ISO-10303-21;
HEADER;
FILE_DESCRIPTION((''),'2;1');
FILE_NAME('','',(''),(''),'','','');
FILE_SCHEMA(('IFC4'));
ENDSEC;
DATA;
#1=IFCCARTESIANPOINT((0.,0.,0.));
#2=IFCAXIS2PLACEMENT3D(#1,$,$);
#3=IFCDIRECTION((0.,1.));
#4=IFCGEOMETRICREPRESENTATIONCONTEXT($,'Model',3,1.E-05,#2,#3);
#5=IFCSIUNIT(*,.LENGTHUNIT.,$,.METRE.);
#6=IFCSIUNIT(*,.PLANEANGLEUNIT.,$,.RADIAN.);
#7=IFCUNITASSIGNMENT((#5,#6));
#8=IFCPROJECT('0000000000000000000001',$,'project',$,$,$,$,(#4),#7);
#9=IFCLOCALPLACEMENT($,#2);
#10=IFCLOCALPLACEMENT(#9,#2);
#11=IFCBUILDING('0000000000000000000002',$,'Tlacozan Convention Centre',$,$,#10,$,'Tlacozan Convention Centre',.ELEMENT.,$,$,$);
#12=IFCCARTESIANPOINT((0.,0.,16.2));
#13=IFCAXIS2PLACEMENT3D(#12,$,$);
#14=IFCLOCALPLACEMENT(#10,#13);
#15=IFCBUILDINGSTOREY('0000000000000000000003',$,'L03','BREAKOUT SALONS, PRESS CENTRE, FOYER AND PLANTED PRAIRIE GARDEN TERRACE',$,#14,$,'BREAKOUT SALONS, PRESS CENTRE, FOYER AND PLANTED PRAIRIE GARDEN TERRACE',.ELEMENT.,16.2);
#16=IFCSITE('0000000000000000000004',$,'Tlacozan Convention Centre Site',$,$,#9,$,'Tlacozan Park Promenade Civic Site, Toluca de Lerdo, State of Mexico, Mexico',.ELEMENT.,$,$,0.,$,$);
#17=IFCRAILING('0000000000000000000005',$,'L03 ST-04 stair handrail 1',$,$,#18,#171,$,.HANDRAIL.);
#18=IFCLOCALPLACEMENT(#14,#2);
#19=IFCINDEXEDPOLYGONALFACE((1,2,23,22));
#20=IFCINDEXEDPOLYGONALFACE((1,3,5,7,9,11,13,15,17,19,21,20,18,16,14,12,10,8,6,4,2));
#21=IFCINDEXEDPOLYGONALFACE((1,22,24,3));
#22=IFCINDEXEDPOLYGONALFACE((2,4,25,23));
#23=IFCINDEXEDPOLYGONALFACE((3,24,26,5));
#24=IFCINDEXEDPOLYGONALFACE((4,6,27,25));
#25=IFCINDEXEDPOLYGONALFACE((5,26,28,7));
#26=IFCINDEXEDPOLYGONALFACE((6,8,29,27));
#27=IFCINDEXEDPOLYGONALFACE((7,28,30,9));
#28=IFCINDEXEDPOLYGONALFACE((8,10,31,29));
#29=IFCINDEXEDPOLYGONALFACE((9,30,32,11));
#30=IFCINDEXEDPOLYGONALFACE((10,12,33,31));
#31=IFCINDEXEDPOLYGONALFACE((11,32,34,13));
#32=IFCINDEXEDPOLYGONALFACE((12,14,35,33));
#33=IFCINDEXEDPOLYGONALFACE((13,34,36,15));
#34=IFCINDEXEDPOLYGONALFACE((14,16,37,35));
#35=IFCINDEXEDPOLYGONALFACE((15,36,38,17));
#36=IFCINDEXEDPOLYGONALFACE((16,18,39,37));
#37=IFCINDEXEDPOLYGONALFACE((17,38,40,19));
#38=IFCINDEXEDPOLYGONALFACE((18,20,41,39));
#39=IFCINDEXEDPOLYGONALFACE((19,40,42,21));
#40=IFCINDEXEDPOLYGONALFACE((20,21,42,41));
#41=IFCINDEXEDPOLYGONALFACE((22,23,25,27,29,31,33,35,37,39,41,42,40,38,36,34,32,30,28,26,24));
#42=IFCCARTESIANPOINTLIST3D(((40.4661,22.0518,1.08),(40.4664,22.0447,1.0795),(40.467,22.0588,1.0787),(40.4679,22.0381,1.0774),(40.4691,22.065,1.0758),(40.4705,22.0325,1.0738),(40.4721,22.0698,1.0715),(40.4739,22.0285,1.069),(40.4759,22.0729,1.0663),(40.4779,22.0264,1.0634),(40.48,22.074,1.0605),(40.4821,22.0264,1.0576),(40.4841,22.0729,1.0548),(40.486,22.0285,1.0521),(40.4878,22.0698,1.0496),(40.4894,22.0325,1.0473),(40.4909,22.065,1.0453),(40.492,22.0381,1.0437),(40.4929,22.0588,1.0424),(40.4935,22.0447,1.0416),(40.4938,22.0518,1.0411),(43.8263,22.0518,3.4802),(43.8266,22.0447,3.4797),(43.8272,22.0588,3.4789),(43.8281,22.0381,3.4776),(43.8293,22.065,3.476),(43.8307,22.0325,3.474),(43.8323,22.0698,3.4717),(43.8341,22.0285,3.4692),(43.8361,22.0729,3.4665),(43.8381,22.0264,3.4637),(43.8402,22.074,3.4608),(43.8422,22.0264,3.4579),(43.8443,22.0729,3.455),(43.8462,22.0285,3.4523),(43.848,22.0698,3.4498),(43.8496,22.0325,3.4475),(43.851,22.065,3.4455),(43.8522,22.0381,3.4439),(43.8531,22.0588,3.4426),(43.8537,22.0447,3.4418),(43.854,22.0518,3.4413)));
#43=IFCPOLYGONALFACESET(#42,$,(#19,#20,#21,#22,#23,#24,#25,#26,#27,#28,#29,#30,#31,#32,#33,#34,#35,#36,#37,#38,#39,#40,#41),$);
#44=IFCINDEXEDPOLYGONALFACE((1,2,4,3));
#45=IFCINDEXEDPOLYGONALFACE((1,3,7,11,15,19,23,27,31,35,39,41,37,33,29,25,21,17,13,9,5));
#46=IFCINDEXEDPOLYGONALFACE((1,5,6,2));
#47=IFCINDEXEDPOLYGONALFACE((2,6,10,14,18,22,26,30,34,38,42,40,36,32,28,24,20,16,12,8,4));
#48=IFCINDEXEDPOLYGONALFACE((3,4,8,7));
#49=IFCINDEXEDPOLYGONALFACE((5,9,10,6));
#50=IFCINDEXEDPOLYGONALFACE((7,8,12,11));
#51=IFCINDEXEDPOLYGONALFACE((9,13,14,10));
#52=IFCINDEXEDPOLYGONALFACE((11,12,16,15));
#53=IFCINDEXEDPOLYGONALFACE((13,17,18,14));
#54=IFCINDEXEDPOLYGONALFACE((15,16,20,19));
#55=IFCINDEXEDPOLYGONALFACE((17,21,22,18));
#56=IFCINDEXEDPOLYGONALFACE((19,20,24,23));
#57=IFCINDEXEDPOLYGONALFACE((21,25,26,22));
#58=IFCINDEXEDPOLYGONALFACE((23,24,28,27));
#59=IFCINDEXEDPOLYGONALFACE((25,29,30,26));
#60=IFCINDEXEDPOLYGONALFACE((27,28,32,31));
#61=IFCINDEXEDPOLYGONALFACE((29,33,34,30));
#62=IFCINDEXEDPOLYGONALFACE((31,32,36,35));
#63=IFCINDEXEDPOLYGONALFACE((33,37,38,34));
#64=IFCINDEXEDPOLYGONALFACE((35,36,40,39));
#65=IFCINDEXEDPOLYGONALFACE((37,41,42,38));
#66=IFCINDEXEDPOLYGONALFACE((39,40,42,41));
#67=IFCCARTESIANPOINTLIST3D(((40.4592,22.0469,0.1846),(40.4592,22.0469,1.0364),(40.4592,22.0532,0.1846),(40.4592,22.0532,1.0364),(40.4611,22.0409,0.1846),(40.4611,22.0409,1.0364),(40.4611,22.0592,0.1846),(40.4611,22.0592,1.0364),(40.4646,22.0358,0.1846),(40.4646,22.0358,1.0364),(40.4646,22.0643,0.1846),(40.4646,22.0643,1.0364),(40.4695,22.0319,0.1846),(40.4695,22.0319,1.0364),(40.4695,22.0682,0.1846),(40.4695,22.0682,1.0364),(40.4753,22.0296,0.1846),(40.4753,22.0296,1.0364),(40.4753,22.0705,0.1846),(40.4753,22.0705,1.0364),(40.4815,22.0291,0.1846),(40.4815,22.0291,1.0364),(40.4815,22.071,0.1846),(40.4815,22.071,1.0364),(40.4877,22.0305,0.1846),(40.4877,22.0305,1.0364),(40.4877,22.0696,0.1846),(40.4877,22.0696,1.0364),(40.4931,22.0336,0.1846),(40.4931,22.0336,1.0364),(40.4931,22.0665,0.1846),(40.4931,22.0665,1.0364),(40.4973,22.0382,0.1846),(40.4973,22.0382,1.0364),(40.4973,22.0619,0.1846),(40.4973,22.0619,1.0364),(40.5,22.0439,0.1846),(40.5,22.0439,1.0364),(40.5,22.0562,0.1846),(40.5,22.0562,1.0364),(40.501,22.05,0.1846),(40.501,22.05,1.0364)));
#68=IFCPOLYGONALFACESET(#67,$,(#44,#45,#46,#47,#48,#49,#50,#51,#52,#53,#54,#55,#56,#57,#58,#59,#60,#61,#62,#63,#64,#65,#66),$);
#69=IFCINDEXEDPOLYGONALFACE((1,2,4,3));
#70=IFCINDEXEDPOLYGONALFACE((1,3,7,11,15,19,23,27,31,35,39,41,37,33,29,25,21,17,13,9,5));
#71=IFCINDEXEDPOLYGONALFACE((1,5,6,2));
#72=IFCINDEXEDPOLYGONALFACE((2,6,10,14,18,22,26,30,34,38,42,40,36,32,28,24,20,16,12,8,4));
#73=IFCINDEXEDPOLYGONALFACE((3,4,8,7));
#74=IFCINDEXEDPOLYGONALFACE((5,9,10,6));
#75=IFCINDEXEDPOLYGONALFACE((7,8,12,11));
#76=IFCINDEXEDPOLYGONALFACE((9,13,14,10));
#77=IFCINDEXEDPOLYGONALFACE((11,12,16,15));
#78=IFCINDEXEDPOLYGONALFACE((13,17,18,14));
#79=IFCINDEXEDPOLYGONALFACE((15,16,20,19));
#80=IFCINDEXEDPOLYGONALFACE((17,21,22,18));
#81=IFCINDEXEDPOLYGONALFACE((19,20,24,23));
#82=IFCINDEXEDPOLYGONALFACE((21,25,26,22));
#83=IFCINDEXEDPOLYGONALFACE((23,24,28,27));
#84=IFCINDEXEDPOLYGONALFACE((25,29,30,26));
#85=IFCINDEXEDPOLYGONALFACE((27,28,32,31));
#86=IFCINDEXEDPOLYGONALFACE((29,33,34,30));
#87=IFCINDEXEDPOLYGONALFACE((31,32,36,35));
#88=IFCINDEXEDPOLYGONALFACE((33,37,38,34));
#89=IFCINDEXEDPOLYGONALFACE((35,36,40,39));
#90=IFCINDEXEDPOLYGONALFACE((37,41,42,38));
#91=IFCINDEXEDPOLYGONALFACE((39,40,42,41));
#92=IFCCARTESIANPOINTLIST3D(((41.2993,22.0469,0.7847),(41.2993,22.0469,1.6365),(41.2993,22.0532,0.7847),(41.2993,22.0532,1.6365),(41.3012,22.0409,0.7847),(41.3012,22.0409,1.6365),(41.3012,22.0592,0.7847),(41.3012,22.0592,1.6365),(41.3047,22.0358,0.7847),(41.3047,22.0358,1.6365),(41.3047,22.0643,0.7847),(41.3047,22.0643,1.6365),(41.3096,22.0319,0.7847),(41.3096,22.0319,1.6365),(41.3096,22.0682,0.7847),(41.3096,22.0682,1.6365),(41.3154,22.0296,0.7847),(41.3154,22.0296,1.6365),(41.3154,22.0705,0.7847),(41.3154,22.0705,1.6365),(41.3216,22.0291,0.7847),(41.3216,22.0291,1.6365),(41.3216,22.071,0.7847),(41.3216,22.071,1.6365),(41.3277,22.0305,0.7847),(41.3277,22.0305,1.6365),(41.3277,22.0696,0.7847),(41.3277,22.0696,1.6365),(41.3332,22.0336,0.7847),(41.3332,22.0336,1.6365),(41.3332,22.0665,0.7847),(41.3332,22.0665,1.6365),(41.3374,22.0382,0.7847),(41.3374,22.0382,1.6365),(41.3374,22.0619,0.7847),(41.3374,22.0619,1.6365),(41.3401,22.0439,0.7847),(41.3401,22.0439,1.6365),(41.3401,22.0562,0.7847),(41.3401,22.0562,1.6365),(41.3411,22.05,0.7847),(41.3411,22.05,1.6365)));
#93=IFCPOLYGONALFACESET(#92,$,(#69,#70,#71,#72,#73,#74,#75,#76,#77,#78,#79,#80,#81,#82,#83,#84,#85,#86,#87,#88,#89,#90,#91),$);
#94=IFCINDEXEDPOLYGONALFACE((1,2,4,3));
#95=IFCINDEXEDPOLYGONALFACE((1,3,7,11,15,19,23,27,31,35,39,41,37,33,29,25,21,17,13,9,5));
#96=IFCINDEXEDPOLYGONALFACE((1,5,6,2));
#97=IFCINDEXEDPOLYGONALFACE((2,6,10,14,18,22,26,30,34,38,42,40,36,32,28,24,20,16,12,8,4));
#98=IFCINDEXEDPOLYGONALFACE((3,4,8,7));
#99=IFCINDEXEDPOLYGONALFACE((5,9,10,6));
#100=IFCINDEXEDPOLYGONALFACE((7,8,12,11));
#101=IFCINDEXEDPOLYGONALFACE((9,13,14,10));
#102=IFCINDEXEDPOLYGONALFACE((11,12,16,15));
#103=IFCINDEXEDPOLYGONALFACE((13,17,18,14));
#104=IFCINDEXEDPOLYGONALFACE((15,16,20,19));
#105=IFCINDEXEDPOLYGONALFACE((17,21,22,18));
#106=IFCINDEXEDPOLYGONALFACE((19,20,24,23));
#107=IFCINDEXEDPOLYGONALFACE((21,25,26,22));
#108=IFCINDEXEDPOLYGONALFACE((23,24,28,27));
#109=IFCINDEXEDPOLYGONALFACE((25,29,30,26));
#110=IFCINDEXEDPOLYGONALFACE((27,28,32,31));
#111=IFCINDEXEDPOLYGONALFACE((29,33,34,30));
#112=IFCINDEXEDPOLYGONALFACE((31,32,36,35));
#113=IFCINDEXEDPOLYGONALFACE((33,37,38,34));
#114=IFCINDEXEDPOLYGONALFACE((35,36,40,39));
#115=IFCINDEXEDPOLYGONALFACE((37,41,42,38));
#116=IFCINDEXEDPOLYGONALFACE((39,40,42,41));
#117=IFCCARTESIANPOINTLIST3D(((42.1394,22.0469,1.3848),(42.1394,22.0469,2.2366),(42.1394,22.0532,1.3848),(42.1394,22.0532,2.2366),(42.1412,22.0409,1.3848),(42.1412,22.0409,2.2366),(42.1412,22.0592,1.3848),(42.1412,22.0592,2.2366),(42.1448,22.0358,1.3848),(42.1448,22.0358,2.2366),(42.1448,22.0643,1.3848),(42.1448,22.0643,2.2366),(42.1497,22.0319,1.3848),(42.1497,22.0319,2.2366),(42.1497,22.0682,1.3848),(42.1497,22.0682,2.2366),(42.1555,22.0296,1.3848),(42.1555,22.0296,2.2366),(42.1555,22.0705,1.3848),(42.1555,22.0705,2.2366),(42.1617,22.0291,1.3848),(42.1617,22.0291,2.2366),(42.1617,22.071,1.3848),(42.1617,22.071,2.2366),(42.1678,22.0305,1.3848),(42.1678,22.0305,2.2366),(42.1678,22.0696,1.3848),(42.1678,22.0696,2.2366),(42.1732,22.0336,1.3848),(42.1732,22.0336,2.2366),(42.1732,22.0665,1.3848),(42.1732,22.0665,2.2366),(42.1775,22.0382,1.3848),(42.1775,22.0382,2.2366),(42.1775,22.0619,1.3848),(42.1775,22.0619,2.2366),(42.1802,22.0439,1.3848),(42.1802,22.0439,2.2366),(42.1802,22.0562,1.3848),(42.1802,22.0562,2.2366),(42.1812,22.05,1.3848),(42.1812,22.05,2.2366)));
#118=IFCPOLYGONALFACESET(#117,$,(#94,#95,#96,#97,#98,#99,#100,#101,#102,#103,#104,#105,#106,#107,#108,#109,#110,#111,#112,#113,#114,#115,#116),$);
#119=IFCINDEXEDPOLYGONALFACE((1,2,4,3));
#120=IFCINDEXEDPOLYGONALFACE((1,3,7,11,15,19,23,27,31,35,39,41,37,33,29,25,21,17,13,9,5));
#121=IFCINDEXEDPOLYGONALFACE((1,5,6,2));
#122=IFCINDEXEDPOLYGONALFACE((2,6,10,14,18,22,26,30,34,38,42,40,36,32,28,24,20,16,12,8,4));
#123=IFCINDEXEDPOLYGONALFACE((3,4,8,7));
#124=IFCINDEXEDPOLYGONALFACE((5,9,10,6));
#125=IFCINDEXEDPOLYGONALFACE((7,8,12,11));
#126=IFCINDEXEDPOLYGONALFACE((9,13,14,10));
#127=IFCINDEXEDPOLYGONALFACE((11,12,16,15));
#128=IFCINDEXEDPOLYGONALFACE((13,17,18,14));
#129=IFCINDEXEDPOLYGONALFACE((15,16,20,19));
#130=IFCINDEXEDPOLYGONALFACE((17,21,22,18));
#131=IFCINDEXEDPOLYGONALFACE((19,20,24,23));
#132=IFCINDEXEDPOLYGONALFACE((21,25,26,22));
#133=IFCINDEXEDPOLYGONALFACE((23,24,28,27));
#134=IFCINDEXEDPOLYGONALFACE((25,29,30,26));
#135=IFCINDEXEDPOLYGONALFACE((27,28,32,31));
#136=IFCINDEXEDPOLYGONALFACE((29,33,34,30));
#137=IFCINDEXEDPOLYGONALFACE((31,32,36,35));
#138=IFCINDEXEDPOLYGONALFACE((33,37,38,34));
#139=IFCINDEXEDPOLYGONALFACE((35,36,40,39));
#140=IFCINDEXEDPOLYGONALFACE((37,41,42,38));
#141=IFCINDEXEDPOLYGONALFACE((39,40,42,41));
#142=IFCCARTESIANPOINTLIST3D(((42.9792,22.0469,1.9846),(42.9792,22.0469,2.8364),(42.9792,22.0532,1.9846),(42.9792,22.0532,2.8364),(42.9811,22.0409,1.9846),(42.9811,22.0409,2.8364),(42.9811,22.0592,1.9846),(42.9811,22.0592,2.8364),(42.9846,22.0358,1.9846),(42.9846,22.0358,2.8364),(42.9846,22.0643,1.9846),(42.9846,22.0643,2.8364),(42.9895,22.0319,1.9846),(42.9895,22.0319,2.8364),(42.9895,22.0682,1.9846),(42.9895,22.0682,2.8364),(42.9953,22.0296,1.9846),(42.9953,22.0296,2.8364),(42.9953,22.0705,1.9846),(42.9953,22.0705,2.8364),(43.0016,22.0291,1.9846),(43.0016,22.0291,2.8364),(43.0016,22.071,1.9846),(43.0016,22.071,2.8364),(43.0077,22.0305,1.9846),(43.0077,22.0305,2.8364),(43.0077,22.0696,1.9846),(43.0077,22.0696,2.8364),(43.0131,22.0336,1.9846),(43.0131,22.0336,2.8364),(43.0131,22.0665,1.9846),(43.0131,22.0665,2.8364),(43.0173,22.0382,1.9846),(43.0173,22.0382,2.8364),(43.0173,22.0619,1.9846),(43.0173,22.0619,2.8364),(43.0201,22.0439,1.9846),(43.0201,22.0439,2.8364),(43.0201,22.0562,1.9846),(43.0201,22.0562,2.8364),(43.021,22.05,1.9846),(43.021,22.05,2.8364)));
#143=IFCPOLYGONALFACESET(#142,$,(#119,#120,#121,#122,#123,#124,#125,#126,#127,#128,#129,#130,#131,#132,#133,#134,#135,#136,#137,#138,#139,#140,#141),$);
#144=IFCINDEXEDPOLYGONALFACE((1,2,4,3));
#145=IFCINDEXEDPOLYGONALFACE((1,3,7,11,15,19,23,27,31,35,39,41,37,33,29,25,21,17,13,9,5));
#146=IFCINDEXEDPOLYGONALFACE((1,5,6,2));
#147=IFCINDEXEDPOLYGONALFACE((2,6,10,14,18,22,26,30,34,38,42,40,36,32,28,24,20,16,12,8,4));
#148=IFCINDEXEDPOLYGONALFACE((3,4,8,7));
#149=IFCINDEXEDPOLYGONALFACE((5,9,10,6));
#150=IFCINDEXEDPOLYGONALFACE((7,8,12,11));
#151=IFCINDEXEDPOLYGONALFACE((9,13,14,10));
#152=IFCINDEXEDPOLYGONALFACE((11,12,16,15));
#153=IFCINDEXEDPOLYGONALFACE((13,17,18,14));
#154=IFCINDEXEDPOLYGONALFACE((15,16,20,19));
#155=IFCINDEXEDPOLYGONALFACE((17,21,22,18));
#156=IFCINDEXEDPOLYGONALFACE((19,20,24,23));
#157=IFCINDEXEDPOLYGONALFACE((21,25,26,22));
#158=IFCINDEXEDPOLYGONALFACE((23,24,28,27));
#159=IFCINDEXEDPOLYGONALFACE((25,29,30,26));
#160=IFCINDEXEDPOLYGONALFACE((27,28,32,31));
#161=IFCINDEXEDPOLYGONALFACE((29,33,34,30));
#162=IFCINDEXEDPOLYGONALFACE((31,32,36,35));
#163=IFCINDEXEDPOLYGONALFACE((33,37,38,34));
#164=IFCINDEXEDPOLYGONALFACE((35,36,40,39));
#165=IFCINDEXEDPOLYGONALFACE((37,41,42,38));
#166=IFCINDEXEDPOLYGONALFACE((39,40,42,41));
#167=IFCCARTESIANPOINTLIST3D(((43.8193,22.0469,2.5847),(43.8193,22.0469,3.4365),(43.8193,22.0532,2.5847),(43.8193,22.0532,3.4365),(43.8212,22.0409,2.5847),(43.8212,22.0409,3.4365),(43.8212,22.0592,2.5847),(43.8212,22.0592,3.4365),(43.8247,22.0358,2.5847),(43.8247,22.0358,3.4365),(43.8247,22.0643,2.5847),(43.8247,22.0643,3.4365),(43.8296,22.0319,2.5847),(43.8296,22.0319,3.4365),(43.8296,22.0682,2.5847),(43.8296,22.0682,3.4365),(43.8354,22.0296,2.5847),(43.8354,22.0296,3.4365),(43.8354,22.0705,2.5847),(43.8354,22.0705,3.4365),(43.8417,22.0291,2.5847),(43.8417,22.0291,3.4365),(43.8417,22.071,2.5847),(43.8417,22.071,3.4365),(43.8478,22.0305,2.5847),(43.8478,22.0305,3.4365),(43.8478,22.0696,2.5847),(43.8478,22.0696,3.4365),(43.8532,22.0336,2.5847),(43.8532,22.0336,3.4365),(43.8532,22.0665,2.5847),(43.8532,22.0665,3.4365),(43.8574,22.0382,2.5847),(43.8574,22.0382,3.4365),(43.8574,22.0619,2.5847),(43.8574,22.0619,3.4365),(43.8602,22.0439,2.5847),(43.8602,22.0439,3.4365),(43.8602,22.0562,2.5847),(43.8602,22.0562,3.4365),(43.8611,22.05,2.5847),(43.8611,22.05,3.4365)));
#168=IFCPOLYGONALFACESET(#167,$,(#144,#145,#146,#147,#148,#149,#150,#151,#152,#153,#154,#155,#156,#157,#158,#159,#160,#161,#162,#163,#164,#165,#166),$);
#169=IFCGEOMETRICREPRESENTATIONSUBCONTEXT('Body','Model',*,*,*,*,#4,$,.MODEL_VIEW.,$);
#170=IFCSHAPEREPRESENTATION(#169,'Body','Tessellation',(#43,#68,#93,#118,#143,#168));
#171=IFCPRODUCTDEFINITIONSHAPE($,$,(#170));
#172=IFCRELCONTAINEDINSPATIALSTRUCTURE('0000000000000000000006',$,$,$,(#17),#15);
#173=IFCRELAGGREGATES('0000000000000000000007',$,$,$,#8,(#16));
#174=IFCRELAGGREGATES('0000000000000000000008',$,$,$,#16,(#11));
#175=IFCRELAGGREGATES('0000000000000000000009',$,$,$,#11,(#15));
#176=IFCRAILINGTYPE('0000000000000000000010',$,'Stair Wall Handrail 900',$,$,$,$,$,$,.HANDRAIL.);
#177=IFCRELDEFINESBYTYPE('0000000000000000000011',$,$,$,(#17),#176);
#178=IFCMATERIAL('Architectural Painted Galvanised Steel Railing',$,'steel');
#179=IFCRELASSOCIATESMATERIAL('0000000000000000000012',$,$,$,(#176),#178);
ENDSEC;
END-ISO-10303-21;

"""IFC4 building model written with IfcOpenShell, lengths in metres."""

from ifc_helpers import new_model, si_unit, direction, frame, origin, origin_2d, place, context, subcontext, project, spatial, circle, extrude, material, type_object, element, save


model = new_model("IFC4")

# Units and contexts
model_context = context("Model", 3, precision=1e-05, world=origin(), true_north=direction((0.0, 1.0)))
body_context = subcontext(model_context, "Body", "Model", "MODEL_VIEW")
ifc_project = project(units=[si_unit("LENGTHUNIT", "METRE"), si_unit("PLANEANGLEUNIT", "RADIAN")], contexts=[model_context])

# Site, building, storey
site_placement = place(None, origin())
site = spatial("IfcSite", under=ifc_project, at=site_placement, Name="Tlacozan Convention Centre Site", LongName="Tlacozan Park Promenade Civic Site, Toluca de Lerdo, State of Mexico, Mexico", CompositionType="ELEMENT", RefElevation=0.0)
building_placement = place(site_placement, origin())
building = spatial("IfcBuilding", under=site, at=building_placement, Name="Tlacozan Convention Centre", LongName="Tlacozan Convention Centre", CompositionType="ELEMENT")
storey_placement = place(building_placement, frame((0.0, 0.0, 16.2)))
storey = spatial("IfcBuildingStorey", under=building, at=storey_placement, Name="L03", Description="BREAKOUT SALONS, PRESS CENTRE, FOYER AND PLANTED PRAIRIE GARDEN TERRACE", LongName="BREAKOUT SALONS, PRESS CENTRE, FOYER AND PLANTED PRAIRIE GARDEN TERRACE", CompositionType="ELEMENT", Elevation=16.2)

# Railing
ifc_material_1 = material(Name="Architectural Painted Galvanised Steel Railing", Category="steel")
railing_type_1 = type_object("IfcRailingType", Name="Stair Wall Handrail 900", PredefinedType="HANDRAIL", material=ifc_material_1)
for number, where, name in (
    (1, (40.48, 22.05, 0.1846), "L03 ST-04 stair handrail 1"),
):
    element("IfcRailing", number, at=place(storey_placement, frame(where)), inside=storey, type_object=railing_type_1, Name=name, PredefinedType="HANDRAIL", context=body_context, shape_type="SweptSolid", body=[
        extrude(circle(Radius=0.0239, at=origin_2d()), frame((0.0, 0.0, 0.876), z_axis=(0.813725, 0.0, 0.581249), x_axis=(0.0, 1.0, 0.0)), (0.0, 0.0, 1.0), 4.1294),
        extrude(circle(Radius=0.021, at=origin_2d()), origin(), (0.0, 0.0, 1.0), 0.8518),
        extrude(circle(Radius=0.021, at=origin_2d()), frame((0.8401, 0.0, 0.6001)), (0.0, 0.0, 1.0), 0.8518),
        extrude(circle(Radius=0.021, at=origin_2d()), frame((1.6802, 0.0, 1.2002)), (0.0, 0.0, 1.0), 0.8518),
        extrude(circle(Radius=0.021, at=origin_2d()), frame((2.52, 0.0, 1.8)), (0.0, 0.0, 1.0), 0.8518),
        extrude(circle(Radius=0.021, at=origin_2d()), frame((3.3601, 0.0, 2.4001)), (0.0, 0.0, 1.0), 0.8518),
    ])

save(model, "model.ifc")
